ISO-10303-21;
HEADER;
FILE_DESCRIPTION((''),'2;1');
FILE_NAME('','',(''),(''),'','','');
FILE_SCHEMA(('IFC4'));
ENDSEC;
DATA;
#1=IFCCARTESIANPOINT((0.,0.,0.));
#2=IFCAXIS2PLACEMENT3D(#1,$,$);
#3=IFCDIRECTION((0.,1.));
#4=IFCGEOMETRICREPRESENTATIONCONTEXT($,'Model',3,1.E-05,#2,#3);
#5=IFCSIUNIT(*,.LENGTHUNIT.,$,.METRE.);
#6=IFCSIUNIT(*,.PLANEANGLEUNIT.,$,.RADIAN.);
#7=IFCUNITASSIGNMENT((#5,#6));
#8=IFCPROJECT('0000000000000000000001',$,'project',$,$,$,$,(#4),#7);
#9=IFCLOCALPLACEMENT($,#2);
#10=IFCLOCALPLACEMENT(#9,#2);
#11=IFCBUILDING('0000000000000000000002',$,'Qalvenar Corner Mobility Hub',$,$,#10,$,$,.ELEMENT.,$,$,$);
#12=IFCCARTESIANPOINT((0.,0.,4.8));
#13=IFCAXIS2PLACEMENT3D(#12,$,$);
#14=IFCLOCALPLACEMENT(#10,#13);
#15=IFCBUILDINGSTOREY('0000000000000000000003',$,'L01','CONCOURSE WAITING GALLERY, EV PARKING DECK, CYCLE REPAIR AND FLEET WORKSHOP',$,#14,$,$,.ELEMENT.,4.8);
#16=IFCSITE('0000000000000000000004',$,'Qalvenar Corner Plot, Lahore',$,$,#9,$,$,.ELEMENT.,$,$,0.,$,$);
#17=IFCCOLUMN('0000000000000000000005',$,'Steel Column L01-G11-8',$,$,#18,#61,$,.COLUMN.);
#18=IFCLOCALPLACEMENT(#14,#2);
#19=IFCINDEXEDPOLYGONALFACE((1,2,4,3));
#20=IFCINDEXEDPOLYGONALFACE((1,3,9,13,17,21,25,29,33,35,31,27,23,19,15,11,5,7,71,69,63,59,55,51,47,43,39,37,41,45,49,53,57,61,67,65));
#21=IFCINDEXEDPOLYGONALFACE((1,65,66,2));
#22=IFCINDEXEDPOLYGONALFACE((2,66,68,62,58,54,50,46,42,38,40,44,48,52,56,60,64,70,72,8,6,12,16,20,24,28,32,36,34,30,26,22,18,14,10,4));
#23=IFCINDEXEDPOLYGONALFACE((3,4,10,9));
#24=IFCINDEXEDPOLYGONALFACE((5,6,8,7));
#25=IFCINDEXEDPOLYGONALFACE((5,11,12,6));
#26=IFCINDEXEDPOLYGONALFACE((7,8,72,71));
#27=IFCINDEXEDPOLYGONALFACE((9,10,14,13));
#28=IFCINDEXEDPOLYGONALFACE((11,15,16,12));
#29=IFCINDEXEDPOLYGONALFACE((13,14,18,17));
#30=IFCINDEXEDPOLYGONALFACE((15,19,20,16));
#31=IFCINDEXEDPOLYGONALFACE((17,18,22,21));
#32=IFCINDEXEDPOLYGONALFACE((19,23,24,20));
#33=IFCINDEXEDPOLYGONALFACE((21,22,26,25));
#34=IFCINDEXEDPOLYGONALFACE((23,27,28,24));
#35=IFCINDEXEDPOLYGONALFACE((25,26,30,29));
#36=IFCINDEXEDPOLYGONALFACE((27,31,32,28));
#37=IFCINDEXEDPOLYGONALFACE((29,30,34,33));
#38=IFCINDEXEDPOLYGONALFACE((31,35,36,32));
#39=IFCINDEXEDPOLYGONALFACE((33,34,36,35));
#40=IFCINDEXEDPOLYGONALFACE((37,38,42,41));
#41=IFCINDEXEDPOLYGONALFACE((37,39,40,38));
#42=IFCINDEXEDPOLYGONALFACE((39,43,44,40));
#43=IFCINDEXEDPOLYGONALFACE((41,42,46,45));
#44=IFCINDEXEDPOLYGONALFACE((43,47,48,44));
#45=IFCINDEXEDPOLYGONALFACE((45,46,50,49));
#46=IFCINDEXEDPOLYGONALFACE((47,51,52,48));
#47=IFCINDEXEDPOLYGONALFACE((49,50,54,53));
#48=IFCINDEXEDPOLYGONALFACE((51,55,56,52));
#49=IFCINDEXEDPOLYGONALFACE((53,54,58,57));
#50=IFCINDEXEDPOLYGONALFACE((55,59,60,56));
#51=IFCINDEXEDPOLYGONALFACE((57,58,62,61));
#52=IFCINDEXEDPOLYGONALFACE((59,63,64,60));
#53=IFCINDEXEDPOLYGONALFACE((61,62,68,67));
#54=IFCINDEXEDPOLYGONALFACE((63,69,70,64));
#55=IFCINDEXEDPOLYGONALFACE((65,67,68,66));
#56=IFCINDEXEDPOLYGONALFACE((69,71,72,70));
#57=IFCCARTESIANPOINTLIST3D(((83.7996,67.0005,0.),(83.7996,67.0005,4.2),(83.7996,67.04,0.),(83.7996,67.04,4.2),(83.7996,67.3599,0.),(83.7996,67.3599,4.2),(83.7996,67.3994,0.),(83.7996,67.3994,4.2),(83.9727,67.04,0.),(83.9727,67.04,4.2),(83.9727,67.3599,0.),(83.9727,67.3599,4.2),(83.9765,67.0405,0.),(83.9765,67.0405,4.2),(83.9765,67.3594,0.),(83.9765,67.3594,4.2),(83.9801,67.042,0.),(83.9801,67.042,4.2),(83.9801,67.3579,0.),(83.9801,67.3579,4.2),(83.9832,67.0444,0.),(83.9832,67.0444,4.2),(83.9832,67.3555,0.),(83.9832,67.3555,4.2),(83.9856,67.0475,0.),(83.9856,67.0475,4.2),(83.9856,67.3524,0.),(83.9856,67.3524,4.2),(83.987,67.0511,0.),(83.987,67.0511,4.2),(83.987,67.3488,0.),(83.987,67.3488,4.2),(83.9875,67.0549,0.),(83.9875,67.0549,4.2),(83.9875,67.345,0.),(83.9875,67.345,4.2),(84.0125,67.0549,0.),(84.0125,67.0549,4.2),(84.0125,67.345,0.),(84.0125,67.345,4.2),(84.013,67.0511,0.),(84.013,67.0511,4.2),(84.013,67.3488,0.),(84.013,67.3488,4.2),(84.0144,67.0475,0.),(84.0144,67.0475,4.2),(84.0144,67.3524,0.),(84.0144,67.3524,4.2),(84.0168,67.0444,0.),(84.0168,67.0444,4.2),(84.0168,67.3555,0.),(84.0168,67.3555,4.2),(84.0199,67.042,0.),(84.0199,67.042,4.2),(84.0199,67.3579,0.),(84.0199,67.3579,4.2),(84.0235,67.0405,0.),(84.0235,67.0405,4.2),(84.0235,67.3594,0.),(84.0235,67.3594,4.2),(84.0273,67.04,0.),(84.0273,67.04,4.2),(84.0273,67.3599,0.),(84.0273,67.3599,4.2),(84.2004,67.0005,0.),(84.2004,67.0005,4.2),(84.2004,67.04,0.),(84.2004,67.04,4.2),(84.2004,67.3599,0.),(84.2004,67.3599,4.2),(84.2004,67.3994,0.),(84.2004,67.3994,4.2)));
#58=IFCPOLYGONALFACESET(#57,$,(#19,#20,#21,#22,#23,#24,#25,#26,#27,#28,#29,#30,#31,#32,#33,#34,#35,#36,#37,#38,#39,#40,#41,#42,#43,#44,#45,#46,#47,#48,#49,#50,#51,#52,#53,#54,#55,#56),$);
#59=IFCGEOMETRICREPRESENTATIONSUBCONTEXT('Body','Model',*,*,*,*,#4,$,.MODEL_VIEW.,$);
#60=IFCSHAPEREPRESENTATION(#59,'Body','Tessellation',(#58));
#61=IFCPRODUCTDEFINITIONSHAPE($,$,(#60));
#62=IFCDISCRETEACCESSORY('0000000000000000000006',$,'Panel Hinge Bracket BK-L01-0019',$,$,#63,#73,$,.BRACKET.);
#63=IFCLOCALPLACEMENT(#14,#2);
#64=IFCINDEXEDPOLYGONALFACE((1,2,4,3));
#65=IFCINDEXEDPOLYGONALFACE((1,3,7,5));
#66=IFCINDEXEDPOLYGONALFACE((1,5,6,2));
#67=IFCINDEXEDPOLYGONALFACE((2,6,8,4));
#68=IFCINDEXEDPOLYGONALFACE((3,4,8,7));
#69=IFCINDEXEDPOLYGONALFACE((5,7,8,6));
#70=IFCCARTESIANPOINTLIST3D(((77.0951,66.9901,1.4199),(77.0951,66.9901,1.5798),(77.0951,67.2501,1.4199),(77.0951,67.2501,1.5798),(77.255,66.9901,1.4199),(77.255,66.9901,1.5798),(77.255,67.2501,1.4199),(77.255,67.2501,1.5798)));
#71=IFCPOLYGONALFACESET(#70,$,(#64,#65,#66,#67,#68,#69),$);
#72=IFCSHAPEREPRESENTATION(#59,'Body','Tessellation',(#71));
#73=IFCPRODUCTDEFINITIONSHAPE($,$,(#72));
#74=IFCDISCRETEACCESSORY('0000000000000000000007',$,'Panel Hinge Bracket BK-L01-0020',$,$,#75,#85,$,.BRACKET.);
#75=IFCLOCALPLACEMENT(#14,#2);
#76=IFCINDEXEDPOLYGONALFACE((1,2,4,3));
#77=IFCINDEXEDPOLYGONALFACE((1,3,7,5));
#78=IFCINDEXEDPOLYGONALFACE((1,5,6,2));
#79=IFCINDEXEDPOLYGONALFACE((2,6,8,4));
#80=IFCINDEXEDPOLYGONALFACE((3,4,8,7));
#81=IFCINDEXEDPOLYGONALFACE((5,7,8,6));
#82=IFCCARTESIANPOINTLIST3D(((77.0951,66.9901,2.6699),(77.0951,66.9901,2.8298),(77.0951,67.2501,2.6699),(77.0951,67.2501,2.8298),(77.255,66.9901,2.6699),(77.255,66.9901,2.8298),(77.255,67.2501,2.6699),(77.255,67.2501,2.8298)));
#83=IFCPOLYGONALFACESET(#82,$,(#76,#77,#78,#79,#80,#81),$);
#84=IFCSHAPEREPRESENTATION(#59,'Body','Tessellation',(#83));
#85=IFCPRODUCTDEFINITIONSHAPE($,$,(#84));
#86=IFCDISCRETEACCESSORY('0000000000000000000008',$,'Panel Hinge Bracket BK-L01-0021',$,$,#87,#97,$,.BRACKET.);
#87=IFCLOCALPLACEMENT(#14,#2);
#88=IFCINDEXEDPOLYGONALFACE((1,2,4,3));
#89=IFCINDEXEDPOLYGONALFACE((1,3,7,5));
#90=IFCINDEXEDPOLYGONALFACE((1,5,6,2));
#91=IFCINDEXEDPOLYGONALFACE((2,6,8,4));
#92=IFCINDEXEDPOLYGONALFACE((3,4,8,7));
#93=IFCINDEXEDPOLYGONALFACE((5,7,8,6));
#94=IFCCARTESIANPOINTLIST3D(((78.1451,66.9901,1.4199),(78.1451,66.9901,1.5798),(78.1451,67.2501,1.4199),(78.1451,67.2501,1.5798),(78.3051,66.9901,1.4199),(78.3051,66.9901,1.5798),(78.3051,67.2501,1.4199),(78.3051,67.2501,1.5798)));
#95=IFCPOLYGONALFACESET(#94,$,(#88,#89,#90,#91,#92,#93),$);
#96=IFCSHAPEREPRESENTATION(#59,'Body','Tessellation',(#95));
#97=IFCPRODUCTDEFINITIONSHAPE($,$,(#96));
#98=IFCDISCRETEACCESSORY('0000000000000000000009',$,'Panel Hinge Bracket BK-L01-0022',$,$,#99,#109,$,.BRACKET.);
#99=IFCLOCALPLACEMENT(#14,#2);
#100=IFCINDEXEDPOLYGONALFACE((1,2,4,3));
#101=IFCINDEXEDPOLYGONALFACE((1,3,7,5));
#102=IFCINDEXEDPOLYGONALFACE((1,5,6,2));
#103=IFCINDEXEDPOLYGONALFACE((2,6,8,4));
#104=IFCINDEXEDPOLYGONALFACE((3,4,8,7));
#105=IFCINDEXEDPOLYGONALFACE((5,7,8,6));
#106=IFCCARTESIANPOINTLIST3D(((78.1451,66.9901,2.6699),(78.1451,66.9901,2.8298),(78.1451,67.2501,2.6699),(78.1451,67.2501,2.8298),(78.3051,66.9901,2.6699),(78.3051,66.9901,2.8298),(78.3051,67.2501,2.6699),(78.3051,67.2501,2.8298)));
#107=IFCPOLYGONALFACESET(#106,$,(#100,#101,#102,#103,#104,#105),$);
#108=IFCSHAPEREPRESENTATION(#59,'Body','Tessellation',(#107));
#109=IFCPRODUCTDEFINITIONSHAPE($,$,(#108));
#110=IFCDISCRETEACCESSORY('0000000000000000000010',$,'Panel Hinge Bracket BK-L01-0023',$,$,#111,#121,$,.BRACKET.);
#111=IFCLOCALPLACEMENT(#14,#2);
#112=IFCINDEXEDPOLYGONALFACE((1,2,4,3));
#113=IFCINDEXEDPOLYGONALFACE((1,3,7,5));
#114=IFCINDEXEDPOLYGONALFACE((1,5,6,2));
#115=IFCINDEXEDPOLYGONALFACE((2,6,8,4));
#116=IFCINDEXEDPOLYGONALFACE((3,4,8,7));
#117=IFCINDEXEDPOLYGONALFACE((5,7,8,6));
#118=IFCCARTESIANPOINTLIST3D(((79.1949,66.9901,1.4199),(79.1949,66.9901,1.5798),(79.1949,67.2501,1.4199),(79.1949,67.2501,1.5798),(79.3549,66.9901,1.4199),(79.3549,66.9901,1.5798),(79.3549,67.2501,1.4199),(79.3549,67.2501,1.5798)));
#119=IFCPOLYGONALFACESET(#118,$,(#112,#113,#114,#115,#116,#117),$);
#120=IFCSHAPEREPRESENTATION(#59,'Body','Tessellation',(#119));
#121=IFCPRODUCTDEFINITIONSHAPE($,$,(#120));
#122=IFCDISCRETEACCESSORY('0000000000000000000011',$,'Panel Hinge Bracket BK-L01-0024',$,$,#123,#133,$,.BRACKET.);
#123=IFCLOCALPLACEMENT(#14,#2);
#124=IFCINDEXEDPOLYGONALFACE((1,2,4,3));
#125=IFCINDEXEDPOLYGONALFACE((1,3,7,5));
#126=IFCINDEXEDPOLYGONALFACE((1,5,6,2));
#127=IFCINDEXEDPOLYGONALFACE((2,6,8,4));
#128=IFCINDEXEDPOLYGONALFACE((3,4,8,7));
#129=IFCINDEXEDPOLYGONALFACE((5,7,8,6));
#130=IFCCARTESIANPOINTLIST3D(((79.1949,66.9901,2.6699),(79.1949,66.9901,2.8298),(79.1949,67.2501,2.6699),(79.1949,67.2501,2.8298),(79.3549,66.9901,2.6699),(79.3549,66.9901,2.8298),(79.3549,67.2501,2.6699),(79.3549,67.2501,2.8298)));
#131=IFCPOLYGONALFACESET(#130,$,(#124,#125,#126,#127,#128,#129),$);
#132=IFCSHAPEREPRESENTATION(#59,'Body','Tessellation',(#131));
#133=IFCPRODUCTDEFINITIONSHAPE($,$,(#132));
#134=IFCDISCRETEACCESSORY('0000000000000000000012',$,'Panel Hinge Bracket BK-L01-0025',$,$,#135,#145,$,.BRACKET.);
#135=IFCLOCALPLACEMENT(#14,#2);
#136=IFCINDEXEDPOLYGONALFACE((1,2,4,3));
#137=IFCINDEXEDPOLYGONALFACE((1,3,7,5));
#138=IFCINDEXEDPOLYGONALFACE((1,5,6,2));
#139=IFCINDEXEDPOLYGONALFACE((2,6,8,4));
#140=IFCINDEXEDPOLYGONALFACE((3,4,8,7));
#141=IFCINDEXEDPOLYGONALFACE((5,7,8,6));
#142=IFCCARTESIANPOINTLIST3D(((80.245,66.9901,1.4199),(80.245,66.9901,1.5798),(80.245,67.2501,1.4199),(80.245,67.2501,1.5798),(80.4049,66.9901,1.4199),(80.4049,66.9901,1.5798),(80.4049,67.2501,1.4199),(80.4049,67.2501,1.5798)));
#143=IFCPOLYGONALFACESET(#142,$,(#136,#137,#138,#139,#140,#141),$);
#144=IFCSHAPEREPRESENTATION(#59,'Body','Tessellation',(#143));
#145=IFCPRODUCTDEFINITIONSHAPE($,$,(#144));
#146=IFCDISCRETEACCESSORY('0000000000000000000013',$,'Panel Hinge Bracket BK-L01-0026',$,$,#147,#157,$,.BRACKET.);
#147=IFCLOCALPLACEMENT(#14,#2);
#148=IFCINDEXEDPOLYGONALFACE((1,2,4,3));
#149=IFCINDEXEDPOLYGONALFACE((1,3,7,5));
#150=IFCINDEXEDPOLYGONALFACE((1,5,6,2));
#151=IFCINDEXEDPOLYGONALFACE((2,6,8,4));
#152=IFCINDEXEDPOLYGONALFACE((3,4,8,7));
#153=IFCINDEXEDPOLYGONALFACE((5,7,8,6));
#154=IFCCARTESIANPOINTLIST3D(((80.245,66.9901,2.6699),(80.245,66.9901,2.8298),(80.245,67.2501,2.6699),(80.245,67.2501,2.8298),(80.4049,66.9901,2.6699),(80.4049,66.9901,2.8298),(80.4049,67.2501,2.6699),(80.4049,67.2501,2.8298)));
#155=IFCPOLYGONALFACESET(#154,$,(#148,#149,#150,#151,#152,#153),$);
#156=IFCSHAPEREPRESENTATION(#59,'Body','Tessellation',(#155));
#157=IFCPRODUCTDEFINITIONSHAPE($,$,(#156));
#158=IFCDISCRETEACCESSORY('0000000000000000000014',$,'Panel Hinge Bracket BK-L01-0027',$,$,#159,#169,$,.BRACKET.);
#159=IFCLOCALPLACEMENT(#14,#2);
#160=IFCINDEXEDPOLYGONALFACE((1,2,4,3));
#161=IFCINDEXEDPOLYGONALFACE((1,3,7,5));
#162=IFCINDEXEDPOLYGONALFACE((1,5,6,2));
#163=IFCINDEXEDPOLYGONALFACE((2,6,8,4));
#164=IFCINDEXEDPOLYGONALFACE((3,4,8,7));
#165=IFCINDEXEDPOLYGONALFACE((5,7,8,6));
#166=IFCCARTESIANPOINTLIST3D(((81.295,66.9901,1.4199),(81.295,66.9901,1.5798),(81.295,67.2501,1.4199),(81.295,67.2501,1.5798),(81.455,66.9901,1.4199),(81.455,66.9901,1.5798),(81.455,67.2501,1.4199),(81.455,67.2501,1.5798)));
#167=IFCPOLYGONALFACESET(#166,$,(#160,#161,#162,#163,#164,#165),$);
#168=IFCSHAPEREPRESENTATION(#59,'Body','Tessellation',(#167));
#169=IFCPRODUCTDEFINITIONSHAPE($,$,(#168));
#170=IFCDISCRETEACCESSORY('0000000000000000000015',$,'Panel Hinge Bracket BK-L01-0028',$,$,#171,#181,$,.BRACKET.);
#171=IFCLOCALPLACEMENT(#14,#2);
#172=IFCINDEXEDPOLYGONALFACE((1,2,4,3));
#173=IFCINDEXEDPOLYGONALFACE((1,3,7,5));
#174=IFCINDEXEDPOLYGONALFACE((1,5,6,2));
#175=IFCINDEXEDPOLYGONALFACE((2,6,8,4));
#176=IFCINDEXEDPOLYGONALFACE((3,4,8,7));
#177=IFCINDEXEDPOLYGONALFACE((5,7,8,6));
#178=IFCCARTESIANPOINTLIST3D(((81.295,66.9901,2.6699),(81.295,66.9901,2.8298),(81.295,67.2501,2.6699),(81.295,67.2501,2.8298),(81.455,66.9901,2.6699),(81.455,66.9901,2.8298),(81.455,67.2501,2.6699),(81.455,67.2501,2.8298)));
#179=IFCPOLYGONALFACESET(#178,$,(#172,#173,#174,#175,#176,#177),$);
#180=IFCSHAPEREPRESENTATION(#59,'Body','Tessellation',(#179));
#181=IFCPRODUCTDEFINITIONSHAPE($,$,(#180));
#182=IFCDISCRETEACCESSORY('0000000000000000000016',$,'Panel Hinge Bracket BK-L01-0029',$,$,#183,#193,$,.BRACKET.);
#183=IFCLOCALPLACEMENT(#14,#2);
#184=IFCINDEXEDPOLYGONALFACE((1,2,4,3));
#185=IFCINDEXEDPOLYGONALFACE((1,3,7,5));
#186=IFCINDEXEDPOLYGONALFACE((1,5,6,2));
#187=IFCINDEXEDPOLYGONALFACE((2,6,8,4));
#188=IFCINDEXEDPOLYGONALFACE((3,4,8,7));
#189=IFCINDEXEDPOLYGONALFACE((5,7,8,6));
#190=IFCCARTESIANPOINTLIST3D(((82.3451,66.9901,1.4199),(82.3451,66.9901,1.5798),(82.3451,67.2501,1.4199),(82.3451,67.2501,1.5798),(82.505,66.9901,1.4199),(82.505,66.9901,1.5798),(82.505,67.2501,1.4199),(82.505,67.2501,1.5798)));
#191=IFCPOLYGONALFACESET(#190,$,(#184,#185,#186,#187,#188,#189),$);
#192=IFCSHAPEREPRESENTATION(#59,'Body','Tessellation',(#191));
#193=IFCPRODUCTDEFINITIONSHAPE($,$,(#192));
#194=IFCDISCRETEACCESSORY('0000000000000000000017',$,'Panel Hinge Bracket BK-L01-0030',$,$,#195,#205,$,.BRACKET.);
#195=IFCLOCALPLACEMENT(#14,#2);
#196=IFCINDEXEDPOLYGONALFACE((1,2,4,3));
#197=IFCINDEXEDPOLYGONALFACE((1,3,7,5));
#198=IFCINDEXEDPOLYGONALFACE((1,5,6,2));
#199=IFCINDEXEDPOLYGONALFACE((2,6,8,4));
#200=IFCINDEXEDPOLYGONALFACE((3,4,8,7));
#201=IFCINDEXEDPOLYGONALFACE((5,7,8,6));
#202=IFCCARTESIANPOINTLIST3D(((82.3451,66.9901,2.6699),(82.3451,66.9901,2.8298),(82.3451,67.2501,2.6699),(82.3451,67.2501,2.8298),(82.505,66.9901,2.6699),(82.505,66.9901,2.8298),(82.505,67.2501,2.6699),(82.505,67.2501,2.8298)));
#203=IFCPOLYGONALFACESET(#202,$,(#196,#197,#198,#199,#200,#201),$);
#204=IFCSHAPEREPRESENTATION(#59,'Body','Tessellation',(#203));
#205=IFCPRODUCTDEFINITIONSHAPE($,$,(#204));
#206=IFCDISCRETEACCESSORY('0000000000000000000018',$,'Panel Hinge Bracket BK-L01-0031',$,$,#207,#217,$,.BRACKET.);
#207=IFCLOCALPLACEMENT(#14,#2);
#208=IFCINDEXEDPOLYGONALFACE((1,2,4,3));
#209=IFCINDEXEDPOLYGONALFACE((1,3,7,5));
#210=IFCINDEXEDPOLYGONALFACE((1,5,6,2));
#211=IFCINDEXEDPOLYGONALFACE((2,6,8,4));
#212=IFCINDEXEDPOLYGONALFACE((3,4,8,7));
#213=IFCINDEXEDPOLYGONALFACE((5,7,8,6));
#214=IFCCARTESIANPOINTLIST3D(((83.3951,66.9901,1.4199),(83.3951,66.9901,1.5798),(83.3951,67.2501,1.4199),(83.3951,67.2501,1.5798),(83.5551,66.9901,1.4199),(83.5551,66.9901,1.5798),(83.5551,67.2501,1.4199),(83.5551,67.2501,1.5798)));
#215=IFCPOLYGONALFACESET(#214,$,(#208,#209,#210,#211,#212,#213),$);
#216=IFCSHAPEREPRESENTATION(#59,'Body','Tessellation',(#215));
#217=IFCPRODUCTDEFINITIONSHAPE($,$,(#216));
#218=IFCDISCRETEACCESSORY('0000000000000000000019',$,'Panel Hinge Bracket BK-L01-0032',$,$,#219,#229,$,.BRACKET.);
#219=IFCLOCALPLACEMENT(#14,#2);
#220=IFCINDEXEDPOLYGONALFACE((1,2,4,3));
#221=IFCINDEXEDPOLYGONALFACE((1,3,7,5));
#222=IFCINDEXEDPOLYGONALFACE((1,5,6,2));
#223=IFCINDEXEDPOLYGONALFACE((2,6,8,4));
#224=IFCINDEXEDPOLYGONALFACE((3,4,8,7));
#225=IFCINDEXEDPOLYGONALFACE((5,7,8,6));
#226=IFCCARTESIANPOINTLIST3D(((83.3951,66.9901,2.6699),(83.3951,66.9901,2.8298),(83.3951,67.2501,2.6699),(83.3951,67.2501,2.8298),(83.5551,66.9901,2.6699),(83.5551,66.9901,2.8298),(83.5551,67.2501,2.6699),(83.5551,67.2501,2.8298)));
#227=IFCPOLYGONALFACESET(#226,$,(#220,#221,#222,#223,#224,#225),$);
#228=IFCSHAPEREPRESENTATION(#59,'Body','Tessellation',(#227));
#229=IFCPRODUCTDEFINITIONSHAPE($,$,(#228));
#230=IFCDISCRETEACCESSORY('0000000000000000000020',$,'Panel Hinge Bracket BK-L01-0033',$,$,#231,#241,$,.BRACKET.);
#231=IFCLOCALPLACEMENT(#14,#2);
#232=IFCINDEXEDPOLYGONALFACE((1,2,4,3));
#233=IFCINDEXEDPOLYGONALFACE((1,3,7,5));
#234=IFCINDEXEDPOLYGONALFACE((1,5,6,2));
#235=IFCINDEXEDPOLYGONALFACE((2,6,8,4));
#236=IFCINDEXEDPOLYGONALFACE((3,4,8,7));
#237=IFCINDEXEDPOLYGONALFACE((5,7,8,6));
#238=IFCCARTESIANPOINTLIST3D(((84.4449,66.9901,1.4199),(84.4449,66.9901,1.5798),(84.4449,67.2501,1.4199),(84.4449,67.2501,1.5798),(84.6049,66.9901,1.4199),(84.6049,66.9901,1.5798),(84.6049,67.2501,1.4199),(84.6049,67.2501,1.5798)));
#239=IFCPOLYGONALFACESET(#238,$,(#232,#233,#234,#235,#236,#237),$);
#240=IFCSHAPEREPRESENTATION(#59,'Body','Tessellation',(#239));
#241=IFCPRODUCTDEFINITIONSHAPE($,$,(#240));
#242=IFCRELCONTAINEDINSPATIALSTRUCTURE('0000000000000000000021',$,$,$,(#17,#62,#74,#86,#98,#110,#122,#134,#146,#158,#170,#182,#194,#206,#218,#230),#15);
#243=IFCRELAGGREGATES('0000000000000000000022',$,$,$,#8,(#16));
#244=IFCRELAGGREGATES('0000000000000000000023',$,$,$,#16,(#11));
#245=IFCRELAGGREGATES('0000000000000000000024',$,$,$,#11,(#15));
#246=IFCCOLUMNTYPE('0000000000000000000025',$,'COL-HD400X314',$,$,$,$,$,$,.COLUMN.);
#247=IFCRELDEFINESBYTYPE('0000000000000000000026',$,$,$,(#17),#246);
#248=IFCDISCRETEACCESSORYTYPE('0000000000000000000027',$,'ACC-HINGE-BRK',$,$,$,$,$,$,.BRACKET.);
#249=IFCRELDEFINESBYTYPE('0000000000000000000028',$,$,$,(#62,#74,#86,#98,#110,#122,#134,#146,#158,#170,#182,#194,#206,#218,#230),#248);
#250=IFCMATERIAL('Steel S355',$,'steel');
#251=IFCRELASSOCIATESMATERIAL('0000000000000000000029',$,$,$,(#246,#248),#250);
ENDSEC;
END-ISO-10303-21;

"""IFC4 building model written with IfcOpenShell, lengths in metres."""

from ifc_helpers import new_model, si_unit, direction, frame, origin, origin_2d, place, context, subcontext, project, spatial, rectangle, i_section, extrude, material, material_profile, profile_set, type_object, element, save


model = new_model("IFC4")

# Units and contexts
model_context = context("Model", 3, precision=1e-05, world=origin(), true_north=direction((0.0, 1.0)))
body_context = subcontext(model_context, "Body", "Model", "MODEL_VIEW")
ifc_project = project(units=[si_unit("LENGTHUNIT", "METRE"), si_unit("PLANEANGLEUNIT", "RADIAN")], contexts=[model_context])

# Site, building, storey
site_placement = place(None, origin())
site = spatial("IfcSite", under=ifc_project, at=site_placement, Name="Qalvenar Corner Plot, Lahore", CompositionType="ELEMENT", RefElevation=0.0)
building_placement = place(site_placement, origin())
building = spatial("IfcBuilding", under=site, at=building_placement, Name="Qalvenar Corner Mobility Hub", CompositionType="ELEMENT")
storey_placement = place(building_placement, frame((0.0, 0.0, 4.8)))
storey = spatial("IfcBuildingStorey", under=building, at=storey_placement, Name="L01", Description="CONCOURSE WAITING GALLERY, EV PARKING DECK, CYCLE REPAIR AND FLEET WORKSHOP", CompositionType="ELEMENT", Elevation=4.8)

# Column
ifc_material = material(Name="Steel S355", Category="steel")
ifc_material_profile = material_profile(ifc_material, i_section(OverallWidth=0.4009, OverallDepth=0.3989, WebThickness=0.0249, FlangeThickness=0.0396, FilletRadius=0.0149, at=origin_2d()), Name="HD400x314")
ifc_profile_set = profile_set([ifc_material_profile], Name="Steel S355")
column_type = type_object("IfcColumnType", Name="COL-HD400X314", PredefinedType="COLUMN", material=ifc_profile_set)
column_placement = place(storey_placement, frame((84.0, 67.2, 0.0), z_axis=(0.0, 0.0, 1.0), x_axis=(1.0, 0.0, 0.0)))
element("IfcColumn", 1, at=column_placement, inside=storey, type_object=column_type, Name="Steel Column L01-G11-8", PredefinedType="COLUMN", context=body_context, shape_type="SweptSolid", body=[
    extrude(i_section(OverallWidth=0.4009, OverallDepth=0.3989, WebThickness=0.0249, FlangeThickness=0.0396, FilletRadius=0.0149, at=origin_2d()), origin(), (0.0, 0.0, 1.0), 4.2),
])

# Discrete accessories
discrete_accessory_type = type_object("IfcDiscreteAccessoryType", Name="ACC-HINGE-BRK", PredefinedType="BRACKET", material=ifc_material)
for number, where, z_axis, x_axis, name in (
    (2, (77.175, 67.1201, 1.4199), (0.0, 0.0, 1.0), (1.0, 0.0, 0.0), "Panel Hinge Bracket BK-L01-0019"),
    (3, (77.175, 67.1201, 2.6699), (0.0, 0.0, 1.0), (1.0, 0.0, 0.0), "Panel Hinge Bracket BK-L01-0020"),
    (4, (78.2251, 67.1201, 1.4199), (0.0, 0.0, 1.0), (1.0, 0.0, 0.0), "Panel Hinge Bracket BK-L01-0021"),
    (5, (78.2251, 67.1201, 2.6699), (0.0, 0.0, 1.0), (1.0, 0.0, 0.0), "Panel Hinge Bracket BK-L01-0022"),
    (6, (79.2749, 67.1201, 1.4199), (0.0, 0.0, 1.0), (1.0, 0.0, 0.0), "Panel Hinge Bracket BK-L01-0023"),
    (7, (79.2749, 67.1201, 2.6699), (0.0, 0.0, 1.0), (1.0, 0.0, 0.0), "Panel Hinge Bracket BK-L01-0024"),
    (8, (80.325, 67.1201, 1.4199), (0.0, 0.0, 1.0), (1.0, 0.0, 0.0), "Panel Hinge Bracket BK-L01-0025"),
    (9, (80.325, 67.1201, 2.6699), (0.0, 0.0, 1.0), (1.0, 0.0, 0.0), "Panel Hinge Bracket BK-L01-0026"),
    (10, (81.375, 67.1201, 1.4199), (0.0, 0.0, 1.0), (1.0, 0.0, 0.0), "Panel Hinge Bracket BK-L01-0027"),
    (11, (81.375, 67.1201, 2.6699), (0.0, 0.0, 1.0), (1.0, 0.0, 0.0), "Panel Hinge Bracket BK-L01-0028"),
    (12, (82.425, 67.1201, 1.4199), (0.0, 0.0, 1.0), (1.0, 0.0, 0.0), "Panel Hinge Bracket BK-L01-0029"),
    (13, (82.425, 67.1201, 2.6699), (0.0, 0.0, 1.0), (1.0, 0.0, 0.0), "Panel Hinge Bracket BK-L01-0030"),
    (14, (83.4751, 67.1201, 1.4199), (0.0, 0.0, 1.0), (1.0, 0.0, 0.0), "Panel Hinge Bracket BK-L01-0031"),
    (15, (83.4751, 67.1201, 2.6699), (0.0, 0.0, 1.0), (1.0, 0.0, 0.0), "Panel Hinge Bracket BK-L01-0032"),
    (16, (84.5249, 67.1201, 1.4199), (0.0, 0.0, 1.0), (1.0, 0.0, 0.0), "Panel Hinge Bracket BK-L01-0033"),
):
    element("IfcDiscreteAccessory", number, at=place(storey_placement, frame(where, z_axis=z_axis, x_axis=x_axis)), inside=storey, type_object=discrete_accessory_type, Name=name, PredefinedType="BRACKET", context=body_context, shape_type="SweptSolid", body=[
        extrude(rectangle(XDim=0.1599, YDim=0.26, at=origin_2d()), origin(), (0.0, 0.0, 1.0), 0.1599),
    ])

save(model, "model.ifc")
